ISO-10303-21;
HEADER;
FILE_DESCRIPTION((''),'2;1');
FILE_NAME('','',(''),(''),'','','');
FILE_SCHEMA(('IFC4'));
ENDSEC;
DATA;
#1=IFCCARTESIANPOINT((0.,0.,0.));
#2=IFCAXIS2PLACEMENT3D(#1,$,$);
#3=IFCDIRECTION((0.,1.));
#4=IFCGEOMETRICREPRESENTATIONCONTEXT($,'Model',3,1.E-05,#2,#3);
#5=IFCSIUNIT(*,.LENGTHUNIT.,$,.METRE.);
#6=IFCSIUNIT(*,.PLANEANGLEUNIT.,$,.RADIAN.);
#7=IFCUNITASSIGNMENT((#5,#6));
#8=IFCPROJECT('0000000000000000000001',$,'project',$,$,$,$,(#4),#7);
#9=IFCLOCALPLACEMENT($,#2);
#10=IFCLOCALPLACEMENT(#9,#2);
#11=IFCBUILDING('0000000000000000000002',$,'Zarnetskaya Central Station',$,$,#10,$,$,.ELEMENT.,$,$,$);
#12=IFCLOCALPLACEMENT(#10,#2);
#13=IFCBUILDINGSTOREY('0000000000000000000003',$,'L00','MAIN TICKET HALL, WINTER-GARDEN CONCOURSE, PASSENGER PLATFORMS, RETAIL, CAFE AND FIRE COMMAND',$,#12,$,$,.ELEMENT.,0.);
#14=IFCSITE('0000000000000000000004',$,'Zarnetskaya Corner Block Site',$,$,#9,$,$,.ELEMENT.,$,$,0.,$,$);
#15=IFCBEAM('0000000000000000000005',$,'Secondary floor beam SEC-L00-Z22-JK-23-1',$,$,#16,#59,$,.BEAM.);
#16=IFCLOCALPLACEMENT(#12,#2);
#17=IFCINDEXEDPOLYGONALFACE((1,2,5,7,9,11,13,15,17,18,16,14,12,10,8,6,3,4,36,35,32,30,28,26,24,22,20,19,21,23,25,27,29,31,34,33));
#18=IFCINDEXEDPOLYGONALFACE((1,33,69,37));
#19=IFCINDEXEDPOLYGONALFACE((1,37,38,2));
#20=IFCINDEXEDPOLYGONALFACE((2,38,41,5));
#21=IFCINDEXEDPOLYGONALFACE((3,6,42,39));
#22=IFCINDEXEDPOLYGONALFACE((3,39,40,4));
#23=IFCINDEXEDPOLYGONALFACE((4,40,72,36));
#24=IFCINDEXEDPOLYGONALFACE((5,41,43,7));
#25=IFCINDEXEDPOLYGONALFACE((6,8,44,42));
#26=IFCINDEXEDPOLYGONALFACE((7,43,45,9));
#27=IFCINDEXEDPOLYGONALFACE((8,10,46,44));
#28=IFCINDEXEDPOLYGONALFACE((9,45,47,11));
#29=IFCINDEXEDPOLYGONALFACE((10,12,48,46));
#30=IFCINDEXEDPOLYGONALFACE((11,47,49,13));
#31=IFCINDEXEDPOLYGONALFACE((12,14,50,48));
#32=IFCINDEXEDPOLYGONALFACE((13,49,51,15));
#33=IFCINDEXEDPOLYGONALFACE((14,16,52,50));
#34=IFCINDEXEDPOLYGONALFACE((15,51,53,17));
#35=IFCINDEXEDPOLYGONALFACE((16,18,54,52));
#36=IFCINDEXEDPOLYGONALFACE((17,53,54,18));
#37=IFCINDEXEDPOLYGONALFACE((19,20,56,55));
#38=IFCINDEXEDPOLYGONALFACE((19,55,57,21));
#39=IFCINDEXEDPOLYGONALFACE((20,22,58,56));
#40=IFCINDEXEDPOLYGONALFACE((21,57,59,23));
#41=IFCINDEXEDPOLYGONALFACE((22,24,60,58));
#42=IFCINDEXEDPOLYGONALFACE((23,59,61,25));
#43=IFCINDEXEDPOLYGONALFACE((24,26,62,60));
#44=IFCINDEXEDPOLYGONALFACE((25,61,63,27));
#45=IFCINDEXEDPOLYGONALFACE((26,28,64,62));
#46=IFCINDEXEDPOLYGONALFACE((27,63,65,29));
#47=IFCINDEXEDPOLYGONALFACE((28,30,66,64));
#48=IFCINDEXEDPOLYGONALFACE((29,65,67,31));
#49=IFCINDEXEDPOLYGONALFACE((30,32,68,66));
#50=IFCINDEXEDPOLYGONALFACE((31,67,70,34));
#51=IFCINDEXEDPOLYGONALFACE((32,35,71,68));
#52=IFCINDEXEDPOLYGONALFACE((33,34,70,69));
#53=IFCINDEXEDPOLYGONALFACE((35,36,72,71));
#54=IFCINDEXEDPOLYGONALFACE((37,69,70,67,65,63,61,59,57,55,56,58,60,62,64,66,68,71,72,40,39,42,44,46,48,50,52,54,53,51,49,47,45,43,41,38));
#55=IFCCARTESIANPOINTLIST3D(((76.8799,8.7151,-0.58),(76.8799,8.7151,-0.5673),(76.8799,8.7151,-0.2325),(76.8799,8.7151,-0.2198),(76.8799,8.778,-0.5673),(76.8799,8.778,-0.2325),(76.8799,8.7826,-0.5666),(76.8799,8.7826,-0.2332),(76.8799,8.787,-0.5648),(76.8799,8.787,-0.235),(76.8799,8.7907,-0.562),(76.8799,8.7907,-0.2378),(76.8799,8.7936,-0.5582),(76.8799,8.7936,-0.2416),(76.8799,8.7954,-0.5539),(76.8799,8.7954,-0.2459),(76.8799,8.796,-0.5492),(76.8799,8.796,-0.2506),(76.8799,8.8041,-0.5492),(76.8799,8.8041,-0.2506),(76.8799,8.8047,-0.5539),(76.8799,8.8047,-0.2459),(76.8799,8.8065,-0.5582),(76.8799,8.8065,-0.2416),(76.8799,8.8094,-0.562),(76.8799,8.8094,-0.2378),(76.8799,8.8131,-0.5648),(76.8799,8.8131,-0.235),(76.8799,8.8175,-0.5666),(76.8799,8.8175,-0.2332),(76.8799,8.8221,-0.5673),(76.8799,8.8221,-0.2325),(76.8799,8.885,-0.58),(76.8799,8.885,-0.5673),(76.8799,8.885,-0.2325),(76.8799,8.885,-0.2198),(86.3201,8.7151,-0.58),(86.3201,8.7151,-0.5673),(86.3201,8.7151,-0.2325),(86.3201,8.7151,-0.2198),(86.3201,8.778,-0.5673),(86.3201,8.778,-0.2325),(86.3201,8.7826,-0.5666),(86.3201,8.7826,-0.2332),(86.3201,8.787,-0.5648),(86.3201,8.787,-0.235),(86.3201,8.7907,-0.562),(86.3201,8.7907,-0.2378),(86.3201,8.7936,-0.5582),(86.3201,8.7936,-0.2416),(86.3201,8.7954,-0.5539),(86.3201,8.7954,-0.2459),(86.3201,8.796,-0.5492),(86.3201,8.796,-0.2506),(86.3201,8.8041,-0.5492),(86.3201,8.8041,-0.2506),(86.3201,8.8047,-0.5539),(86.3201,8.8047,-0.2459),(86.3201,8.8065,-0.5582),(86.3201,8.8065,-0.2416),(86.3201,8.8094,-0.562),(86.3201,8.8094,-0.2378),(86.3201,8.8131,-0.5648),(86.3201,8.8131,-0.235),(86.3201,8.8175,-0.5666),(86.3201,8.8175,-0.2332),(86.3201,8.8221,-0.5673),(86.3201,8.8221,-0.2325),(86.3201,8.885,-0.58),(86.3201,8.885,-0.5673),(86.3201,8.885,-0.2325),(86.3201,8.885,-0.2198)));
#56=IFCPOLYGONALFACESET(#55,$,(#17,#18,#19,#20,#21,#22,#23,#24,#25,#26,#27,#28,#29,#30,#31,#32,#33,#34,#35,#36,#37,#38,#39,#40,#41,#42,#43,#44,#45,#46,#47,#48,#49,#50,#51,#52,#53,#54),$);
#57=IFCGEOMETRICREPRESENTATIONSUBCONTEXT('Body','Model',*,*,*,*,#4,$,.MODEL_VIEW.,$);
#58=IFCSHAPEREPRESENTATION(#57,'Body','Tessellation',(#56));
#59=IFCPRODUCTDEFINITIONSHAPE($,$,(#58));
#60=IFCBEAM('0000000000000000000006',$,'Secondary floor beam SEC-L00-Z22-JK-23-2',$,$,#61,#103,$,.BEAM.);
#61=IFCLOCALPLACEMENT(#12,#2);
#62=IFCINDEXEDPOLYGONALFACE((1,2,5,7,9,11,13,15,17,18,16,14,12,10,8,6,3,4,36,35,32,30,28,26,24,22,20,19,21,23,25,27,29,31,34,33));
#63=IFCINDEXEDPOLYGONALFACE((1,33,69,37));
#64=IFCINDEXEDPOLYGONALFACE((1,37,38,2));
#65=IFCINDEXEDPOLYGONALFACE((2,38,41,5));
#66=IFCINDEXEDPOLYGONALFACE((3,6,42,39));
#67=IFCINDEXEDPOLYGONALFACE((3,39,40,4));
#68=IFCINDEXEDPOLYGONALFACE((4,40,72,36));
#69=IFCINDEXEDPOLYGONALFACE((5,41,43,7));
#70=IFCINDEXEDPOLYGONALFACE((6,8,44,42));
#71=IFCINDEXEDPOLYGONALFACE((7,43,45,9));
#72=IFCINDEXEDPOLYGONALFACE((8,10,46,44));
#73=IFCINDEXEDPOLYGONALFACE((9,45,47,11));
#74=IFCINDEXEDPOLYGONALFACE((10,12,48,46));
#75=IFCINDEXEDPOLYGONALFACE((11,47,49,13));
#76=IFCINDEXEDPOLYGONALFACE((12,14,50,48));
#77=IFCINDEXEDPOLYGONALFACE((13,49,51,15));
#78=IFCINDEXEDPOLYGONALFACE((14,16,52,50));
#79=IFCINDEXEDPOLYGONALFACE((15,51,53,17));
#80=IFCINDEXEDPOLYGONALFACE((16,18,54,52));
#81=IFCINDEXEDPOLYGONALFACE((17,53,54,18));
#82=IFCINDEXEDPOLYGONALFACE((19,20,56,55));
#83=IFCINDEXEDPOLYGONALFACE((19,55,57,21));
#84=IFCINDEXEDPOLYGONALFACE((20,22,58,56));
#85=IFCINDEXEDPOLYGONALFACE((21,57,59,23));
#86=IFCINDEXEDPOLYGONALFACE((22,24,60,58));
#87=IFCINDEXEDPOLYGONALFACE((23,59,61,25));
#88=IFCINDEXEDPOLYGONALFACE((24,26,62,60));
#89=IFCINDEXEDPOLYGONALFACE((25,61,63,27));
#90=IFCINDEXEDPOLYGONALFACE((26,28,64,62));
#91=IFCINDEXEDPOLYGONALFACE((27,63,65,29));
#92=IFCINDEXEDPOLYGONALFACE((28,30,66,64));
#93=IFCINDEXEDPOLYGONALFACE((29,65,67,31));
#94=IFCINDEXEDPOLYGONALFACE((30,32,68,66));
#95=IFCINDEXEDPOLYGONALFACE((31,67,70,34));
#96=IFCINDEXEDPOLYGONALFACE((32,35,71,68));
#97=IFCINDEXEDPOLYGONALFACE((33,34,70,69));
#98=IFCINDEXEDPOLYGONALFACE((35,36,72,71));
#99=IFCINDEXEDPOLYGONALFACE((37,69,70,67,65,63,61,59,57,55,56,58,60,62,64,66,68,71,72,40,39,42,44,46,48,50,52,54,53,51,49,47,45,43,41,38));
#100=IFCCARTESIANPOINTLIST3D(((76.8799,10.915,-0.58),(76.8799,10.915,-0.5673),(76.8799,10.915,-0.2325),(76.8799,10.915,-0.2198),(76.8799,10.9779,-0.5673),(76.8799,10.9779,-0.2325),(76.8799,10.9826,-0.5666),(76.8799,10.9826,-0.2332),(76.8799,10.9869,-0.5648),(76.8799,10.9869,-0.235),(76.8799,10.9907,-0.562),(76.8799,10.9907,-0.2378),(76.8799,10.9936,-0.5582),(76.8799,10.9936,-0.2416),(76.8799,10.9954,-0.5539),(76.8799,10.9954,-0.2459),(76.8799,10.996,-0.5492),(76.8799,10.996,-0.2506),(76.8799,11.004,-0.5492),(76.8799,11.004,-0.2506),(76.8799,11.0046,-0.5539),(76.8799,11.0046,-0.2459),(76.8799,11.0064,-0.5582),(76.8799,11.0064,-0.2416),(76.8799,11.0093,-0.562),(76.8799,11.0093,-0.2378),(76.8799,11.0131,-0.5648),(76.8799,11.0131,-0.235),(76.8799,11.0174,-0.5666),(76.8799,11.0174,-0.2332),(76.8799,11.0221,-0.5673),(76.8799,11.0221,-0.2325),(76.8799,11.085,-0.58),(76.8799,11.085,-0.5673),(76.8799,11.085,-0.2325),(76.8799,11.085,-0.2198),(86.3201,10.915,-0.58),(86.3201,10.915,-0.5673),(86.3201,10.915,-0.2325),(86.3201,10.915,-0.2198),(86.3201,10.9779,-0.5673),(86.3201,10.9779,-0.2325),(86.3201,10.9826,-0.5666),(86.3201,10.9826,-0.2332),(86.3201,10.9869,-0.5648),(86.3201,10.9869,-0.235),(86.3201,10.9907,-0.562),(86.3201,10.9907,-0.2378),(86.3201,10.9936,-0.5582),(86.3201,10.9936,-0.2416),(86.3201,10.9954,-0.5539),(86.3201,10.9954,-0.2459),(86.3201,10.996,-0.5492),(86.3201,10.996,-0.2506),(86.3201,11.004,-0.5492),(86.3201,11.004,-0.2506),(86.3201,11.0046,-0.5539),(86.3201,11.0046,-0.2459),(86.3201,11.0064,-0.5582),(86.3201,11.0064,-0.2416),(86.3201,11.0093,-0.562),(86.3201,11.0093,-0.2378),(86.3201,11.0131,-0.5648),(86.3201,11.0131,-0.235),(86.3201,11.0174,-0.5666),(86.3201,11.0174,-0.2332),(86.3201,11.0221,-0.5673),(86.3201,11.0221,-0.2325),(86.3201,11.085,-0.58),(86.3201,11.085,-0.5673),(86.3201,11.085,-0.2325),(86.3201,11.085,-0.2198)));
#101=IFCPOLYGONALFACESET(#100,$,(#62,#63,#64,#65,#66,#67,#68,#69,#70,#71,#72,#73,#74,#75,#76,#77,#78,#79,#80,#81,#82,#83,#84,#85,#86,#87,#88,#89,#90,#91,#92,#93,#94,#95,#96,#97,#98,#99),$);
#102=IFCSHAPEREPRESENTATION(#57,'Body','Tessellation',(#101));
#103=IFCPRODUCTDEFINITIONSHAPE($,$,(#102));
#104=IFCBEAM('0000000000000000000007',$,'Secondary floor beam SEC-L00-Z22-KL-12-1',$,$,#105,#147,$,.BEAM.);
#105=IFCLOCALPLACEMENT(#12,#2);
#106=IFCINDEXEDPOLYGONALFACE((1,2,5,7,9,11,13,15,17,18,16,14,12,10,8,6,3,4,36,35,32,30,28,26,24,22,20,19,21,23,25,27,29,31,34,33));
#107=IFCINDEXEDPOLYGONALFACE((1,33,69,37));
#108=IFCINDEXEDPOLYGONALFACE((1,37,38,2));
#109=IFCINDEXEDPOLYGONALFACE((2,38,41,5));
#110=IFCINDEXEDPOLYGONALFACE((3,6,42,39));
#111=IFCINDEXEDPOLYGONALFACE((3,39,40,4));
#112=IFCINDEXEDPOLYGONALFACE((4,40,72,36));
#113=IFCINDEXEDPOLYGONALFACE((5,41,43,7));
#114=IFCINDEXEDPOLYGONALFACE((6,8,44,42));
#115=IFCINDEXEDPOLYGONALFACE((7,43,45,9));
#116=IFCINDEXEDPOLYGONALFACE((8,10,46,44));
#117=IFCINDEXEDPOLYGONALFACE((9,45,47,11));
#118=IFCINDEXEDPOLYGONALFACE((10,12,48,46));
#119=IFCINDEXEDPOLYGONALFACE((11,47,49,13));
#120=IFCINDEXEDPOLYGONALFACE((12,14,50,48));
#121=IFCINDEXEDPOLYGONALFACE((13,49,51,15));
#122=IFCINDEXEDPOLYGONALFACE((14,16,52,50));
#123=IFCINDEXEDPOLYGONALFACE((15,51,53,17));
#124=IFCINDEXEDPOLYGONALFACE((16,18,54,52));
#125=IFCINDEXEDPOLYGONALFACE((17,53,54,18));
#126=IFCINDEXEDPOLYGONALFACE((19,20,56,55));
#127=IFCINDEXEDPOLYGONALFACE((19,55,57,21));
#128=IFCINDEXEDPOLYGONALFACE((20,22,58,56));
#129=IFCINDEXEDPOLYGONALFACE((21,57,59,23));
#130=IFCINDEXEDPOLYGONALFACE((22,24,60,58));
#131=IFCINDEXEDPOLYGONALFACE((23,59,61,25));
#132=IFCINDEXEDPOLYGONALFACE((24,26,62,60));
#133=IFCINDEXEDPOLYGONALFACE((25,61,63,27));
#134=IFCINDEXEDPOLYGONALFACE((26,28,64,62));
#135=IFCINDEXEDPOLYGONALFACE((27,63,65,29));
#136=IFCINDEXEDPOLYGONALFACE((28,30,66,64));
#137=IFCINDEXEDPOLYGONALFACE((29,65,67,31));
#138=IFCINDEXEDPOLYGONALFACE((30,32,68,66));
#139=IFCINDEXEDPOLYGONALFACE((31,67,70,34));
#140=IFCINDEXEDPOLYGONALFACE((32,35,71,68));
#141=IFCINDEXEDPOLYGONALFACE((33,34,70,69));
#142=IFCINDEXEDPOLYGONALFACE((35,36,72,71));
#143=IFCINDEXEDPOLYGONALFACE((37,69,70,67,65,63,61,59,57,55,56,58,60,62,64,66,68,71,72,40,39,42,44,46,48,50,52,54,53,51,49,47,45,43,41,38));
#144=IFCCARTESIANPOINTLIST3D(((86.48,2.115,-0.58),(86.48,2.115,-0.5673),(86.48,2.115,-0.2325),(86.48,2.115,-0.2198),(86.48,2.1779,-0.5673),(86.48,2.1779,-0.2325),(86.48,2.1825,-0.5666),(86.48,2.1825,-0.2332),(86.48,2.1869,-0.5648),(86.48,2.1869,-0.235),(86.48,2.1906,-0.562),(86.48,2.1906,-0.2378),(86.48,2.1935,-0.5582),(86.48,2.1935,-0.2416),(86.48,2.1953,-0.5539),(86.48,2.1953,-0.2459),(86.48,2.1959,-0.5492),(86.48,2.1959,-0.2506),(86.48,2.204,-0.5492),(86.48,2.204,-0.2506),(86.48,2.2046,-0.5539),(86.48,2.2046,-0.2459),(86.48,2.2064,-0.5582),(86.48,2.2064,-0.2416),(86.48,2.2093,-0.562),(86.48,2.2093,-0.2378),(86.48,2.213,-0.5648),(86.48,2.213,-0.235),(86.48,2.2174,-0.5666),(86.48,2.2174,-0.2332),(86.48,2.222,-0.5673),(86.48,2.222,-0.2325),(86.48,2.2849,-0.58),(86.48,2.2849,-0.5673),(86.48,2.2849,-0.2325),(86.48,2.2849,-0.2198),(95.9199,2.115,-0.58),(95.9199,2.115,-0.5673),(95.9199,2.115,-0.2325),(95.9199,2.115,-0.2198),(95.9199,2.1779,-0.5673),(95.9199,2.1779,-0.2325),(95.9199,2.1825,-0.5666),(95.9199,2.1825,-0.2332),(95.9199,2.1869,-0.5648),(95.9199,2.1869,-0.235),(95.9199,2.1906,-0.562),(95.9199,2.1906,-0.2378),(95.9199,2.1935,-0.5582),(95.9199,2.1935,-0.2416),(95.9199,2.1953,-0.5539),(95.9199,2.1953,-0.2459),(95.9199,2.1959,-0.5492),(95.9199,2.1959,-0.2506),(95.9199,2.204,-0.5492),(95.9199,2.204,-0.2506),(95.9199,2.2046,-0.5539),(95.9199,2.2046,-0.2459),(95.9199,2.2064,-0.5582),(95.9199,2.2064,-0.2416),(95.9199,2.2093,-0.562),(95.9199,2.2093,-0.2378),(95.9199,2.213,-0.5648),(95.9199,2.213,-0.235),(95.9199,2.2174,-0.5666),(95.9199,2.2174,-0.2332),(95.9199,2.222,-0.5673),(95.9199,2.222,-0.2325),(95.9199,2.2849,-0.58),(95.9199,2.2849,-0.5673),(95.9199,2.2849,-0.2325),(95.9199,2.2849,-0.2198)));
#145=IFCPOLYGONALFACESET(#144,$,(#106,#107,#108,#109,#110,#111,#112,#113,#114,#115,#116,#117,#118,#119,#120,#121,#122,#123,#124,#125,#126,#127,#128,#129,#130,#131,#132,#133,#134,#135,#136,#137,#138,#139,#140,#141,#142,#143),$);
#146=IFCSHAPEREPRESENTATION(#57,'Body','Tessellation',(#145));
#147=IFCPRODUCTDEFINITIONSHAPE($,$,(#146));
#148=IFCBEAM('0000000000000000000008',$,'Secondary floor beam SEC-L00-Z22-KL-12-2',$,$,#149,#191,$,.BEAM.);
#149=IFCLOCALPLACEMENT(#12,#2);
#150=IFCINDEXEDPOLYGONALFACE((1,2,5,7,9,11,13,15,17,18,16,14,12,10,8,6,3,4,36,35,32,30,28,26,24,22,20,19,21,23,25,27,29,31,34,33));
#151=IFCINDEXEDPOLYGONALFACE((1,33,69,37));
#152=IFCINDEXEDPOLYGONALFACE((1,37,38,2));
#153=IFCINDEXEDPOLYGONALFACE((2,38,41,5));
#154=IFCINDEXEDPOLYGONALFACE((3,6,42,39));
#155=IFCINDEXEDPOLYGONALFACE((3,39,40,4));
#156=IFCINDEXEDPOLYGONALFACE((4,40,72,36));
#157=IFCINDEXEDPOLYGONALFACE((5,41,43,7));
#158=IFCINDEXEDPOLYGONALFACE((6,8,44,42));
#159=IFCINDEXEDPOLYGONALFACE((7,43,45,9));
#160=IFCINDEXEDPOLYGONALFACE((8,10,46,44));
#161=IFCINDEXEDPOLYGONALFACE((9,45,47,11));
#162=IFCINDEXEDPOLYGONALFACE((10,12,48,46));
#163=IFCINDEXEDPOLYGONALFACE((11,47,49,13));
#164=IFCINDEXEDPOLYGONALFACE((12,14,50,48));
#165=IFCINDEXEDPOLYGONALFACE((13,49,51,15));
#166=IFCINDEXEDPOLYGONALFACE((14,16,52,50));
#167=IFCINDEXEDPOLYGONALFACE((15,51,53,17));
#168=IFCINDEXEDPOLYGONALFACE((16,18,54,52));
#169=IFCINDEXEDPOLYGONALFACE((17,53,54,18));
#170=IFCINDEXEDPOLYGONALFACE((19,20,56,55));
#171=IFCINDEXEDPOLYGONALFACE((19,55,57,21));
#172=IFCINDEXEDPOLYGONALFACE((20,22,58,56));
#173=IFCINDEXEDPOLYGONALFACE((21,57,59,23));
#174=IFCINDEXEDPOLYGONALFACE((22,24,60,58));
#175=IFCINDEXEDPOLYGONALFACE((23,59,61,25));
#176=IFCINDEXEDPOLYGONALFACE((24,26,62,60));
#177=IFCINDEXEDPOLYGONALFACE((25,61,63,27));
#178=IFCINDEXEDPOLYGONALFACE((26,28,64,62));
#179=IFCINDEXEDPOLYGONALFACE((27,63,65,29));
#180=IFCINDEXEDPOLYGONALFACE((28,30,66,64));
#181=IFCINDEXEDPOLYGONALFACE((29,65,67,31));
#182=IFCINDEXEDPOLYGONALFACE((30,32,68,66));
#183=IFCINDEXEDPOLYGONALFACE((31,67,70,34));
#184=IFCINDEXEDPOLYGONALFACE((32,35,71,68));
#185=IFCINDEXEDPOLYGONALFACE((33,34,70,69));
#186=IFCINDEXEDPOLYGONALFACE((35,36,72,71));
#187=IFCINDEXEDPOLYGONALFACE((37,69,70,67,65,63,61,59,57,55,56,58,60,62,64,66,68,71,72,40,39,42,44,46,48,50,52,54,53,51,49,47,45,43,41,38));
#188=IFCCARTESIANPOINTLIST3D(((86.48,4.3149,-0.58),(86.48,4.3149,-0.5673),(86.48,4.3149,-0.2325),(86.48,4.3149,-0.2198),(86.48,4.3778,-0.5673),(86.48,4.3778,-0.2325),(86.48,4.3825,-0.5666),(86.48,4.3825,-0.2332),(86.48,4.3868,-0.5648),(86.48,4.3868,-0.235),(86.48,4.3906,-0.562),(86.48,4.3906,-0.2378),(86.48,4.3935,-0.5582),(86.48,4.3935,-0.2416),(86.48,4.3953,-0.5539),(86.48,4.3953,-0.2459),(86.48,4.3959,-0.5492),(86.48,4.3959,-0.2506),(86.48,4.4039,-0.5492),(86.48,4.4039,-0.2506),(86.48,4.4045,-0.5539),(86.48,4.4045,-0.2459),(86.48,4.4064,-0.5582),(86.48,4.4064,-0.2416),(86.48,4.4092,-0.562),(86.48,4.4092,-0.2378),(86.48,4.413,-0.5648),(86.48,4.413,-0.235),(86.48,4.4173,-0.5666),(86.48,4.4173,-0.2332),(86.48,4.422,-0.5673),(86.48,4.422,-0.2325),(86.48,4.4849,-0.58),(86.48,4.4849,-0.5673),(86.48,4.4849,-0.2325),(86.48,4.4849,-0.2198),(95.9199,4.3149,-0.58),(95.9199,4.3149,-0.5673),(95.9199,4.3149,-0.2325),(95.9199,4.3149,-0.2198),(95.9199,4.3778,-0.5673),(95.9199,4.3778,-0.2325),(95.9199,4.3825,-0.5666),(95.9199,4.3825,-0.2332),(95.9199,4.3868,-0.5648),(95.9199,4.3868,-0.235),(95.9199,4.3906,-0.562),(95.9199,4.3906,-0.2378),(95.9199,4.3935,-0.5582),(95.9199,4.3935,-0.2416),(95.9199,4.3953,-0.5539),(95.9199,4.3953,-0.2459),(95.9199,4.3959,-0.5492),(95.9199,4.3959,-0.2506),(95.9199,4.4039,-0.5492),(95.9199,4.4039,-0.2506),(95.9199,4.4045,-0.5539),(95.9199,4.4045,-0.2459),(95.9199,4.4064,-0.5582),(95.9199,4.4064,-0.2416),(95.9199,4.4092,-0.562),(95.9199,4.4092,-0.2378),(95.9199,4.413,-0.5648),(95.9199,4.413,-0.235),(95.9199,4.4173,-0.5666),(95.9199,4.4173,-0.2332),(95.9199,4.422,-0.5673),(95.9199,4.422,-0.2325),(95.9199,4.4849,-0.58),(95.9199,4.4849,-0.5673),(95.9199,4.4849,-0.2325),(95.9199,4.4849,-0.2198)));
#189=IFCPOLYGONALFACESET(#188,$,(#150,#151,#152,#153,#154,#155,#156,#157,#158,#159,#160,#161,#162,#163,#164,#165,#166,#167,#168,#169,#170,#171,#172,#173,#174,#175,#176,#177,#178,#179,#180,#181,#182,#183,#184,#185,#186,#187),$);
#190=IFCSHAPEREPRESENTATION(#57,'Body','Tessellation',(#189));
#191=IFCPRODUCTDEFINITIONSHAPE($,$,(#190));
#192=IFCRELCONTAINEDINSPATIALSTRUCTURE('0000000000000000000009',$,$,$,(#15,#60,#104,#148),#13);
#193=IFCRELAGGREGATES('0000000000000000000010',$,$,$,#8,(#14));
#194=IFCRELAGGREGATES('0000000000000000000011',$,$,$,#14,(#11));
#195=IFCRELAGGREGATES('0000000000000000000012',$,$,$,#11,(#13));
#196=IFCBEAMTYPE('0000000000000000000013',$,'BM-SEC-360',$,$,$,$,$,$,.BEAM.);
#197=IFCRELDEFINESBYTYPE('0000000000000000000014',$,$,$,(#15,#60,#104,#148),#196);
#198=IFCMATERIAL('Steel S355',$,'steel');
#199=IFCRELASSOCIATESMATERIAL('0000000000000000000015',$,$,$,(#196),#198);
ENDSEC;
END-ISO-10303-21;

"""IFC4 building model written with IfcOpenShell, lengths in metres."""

from ifc_helpers import new_model, si_unit, direction, frame, origin, origin_2d, place, context, subcontext, project, spatial, i_section, extrude, material, material_profile, profile_set, type_object, element, save


model = new_model("IFC4")

# Units and contexts
model_context = context("Model", 3, precision=1e-05, world=origin(), true_north=direction((0.0, 1.0)))
body_context = subcontext(model_context, "Body", "Model", "MODEL_VIEW")
ifc_project = project(units=[si_unit("LENGTHUNIT", "METRE"), si_unit("PLANEANGLEUNIT", "RADIAN")], contexts=[model_context])

# Site, building, storey
site_placement = place(None, origin())
site = spatial("IfcSite", under=ifc_project, at=site_placement, Name="Zarnetskaya Corner Block Site", CompositionType="ELEMENT", RefElevation=0.0)
building_placement = place(site_placement, origin())
building = spatial("IfcBuilding", under=site, at=building_placement, Name="Zarnetskaya Central Station", CompositionType="ELEMENT")
storey_placement = place(building_placement, origin())
storey = spatial("IfcBuildingStorey", under=building, at=storey_placement, Name="L00", Description="MAIN TICKET HALL, WINTER-GARDEN CONCOURSE, PASSENGER PLATFORMS, RETAIL, CAFE AND FIRE COMMAND", CompositionType="ELEMENT", Elevation=0.0)

# Shared definitions
ifc_material_1 = material(Name="Steel S355", Category="steel")

# Beams
ifc_material_profile_1 = material_profile(ifc_material_1, i_section(OverallWidth=0.1699, OverallDepth=0.3601, WebThickness=0.0081, FlangeThickness=0.0127, FilletRadius=0.0181, at=origin_2d()), Name="IPE 360")
ifc_profile_set_1 = profile_set([ifc_material_profile_1], Name="Steel S355")
beam_type_1 = type_object("IfcBeamType", Name="BM-SEC-360", PredefinedType="BEAM", material=ifc_profile_set_1)
for number, where, z_axis, x_axis, name in (
    (1, (76.8799, 8.8, -0.3999), (1.0, 0.0, 0.0), (0.0, 1.0, 0.0), "Secondary floor beam SEC-L00-Z22-JK-23-1"),
    (2, (76.8799, 11.0, -0.3999), (1.0, 0.0, 0.0), (0.0, 1.0, 0.0), "Secondary floor beam SEC-L00-Z22-JK-23-2"),
):
    element("IfcBeam", number, at=place(storey_placement, frame(where, z_axis=z_axis, x_axis=x_axis)), inside=storey, type_object=beam_type_1, Name=name, PredefinedType="BEAM", context=body_context, shape_type="SweptSolid", body=[
        extrude(i_section(OverallWidth=0.1699, OverallDepth=0.3601, WebThickness=0.0081, FlangeThickness=0.0127, FilletRadius=0.0181, at=origin_2d()), origin(), (0.0, 0.0, 1.0), 9.4402),
    ])
for number, where, z_axis, x_axis, name in (
    (3, (86.48, 2.2, -0.3999), (1.0, 0.0, 0.0), (0.0, 1.0, 0.0), "Secondary floor beam SEC-L00-Z22-KL-12-1"),
    (4, (86.48, 4.3999, -0.3999), (1.0, 0.0, 0.0), (0.0, 1.0, 0.0), "Secondary floor beam SEC-L00-Z22-KL-12-2"),
):
    element("IfcBeam", number, at=place(storey_placement, frame(where, z_axis=z_axis, x_axis=x_axis)), inside=storey, type_object=beam_type_1, Name=name, PredefinedType="BEAM", context=body_context, shape_type="SweptSolid", body=[
        extrude(i_section(OverallWidth=0.1699, OverallDepth=0.3601, WebThickness=0.0081, FlangeThickness=0.0127, FilletRadius=0.0181, at=origin_2d()), origin(), (0.0, 0.0, 1.0), 9.4399),
    ])

save(model, "model.ifc")
